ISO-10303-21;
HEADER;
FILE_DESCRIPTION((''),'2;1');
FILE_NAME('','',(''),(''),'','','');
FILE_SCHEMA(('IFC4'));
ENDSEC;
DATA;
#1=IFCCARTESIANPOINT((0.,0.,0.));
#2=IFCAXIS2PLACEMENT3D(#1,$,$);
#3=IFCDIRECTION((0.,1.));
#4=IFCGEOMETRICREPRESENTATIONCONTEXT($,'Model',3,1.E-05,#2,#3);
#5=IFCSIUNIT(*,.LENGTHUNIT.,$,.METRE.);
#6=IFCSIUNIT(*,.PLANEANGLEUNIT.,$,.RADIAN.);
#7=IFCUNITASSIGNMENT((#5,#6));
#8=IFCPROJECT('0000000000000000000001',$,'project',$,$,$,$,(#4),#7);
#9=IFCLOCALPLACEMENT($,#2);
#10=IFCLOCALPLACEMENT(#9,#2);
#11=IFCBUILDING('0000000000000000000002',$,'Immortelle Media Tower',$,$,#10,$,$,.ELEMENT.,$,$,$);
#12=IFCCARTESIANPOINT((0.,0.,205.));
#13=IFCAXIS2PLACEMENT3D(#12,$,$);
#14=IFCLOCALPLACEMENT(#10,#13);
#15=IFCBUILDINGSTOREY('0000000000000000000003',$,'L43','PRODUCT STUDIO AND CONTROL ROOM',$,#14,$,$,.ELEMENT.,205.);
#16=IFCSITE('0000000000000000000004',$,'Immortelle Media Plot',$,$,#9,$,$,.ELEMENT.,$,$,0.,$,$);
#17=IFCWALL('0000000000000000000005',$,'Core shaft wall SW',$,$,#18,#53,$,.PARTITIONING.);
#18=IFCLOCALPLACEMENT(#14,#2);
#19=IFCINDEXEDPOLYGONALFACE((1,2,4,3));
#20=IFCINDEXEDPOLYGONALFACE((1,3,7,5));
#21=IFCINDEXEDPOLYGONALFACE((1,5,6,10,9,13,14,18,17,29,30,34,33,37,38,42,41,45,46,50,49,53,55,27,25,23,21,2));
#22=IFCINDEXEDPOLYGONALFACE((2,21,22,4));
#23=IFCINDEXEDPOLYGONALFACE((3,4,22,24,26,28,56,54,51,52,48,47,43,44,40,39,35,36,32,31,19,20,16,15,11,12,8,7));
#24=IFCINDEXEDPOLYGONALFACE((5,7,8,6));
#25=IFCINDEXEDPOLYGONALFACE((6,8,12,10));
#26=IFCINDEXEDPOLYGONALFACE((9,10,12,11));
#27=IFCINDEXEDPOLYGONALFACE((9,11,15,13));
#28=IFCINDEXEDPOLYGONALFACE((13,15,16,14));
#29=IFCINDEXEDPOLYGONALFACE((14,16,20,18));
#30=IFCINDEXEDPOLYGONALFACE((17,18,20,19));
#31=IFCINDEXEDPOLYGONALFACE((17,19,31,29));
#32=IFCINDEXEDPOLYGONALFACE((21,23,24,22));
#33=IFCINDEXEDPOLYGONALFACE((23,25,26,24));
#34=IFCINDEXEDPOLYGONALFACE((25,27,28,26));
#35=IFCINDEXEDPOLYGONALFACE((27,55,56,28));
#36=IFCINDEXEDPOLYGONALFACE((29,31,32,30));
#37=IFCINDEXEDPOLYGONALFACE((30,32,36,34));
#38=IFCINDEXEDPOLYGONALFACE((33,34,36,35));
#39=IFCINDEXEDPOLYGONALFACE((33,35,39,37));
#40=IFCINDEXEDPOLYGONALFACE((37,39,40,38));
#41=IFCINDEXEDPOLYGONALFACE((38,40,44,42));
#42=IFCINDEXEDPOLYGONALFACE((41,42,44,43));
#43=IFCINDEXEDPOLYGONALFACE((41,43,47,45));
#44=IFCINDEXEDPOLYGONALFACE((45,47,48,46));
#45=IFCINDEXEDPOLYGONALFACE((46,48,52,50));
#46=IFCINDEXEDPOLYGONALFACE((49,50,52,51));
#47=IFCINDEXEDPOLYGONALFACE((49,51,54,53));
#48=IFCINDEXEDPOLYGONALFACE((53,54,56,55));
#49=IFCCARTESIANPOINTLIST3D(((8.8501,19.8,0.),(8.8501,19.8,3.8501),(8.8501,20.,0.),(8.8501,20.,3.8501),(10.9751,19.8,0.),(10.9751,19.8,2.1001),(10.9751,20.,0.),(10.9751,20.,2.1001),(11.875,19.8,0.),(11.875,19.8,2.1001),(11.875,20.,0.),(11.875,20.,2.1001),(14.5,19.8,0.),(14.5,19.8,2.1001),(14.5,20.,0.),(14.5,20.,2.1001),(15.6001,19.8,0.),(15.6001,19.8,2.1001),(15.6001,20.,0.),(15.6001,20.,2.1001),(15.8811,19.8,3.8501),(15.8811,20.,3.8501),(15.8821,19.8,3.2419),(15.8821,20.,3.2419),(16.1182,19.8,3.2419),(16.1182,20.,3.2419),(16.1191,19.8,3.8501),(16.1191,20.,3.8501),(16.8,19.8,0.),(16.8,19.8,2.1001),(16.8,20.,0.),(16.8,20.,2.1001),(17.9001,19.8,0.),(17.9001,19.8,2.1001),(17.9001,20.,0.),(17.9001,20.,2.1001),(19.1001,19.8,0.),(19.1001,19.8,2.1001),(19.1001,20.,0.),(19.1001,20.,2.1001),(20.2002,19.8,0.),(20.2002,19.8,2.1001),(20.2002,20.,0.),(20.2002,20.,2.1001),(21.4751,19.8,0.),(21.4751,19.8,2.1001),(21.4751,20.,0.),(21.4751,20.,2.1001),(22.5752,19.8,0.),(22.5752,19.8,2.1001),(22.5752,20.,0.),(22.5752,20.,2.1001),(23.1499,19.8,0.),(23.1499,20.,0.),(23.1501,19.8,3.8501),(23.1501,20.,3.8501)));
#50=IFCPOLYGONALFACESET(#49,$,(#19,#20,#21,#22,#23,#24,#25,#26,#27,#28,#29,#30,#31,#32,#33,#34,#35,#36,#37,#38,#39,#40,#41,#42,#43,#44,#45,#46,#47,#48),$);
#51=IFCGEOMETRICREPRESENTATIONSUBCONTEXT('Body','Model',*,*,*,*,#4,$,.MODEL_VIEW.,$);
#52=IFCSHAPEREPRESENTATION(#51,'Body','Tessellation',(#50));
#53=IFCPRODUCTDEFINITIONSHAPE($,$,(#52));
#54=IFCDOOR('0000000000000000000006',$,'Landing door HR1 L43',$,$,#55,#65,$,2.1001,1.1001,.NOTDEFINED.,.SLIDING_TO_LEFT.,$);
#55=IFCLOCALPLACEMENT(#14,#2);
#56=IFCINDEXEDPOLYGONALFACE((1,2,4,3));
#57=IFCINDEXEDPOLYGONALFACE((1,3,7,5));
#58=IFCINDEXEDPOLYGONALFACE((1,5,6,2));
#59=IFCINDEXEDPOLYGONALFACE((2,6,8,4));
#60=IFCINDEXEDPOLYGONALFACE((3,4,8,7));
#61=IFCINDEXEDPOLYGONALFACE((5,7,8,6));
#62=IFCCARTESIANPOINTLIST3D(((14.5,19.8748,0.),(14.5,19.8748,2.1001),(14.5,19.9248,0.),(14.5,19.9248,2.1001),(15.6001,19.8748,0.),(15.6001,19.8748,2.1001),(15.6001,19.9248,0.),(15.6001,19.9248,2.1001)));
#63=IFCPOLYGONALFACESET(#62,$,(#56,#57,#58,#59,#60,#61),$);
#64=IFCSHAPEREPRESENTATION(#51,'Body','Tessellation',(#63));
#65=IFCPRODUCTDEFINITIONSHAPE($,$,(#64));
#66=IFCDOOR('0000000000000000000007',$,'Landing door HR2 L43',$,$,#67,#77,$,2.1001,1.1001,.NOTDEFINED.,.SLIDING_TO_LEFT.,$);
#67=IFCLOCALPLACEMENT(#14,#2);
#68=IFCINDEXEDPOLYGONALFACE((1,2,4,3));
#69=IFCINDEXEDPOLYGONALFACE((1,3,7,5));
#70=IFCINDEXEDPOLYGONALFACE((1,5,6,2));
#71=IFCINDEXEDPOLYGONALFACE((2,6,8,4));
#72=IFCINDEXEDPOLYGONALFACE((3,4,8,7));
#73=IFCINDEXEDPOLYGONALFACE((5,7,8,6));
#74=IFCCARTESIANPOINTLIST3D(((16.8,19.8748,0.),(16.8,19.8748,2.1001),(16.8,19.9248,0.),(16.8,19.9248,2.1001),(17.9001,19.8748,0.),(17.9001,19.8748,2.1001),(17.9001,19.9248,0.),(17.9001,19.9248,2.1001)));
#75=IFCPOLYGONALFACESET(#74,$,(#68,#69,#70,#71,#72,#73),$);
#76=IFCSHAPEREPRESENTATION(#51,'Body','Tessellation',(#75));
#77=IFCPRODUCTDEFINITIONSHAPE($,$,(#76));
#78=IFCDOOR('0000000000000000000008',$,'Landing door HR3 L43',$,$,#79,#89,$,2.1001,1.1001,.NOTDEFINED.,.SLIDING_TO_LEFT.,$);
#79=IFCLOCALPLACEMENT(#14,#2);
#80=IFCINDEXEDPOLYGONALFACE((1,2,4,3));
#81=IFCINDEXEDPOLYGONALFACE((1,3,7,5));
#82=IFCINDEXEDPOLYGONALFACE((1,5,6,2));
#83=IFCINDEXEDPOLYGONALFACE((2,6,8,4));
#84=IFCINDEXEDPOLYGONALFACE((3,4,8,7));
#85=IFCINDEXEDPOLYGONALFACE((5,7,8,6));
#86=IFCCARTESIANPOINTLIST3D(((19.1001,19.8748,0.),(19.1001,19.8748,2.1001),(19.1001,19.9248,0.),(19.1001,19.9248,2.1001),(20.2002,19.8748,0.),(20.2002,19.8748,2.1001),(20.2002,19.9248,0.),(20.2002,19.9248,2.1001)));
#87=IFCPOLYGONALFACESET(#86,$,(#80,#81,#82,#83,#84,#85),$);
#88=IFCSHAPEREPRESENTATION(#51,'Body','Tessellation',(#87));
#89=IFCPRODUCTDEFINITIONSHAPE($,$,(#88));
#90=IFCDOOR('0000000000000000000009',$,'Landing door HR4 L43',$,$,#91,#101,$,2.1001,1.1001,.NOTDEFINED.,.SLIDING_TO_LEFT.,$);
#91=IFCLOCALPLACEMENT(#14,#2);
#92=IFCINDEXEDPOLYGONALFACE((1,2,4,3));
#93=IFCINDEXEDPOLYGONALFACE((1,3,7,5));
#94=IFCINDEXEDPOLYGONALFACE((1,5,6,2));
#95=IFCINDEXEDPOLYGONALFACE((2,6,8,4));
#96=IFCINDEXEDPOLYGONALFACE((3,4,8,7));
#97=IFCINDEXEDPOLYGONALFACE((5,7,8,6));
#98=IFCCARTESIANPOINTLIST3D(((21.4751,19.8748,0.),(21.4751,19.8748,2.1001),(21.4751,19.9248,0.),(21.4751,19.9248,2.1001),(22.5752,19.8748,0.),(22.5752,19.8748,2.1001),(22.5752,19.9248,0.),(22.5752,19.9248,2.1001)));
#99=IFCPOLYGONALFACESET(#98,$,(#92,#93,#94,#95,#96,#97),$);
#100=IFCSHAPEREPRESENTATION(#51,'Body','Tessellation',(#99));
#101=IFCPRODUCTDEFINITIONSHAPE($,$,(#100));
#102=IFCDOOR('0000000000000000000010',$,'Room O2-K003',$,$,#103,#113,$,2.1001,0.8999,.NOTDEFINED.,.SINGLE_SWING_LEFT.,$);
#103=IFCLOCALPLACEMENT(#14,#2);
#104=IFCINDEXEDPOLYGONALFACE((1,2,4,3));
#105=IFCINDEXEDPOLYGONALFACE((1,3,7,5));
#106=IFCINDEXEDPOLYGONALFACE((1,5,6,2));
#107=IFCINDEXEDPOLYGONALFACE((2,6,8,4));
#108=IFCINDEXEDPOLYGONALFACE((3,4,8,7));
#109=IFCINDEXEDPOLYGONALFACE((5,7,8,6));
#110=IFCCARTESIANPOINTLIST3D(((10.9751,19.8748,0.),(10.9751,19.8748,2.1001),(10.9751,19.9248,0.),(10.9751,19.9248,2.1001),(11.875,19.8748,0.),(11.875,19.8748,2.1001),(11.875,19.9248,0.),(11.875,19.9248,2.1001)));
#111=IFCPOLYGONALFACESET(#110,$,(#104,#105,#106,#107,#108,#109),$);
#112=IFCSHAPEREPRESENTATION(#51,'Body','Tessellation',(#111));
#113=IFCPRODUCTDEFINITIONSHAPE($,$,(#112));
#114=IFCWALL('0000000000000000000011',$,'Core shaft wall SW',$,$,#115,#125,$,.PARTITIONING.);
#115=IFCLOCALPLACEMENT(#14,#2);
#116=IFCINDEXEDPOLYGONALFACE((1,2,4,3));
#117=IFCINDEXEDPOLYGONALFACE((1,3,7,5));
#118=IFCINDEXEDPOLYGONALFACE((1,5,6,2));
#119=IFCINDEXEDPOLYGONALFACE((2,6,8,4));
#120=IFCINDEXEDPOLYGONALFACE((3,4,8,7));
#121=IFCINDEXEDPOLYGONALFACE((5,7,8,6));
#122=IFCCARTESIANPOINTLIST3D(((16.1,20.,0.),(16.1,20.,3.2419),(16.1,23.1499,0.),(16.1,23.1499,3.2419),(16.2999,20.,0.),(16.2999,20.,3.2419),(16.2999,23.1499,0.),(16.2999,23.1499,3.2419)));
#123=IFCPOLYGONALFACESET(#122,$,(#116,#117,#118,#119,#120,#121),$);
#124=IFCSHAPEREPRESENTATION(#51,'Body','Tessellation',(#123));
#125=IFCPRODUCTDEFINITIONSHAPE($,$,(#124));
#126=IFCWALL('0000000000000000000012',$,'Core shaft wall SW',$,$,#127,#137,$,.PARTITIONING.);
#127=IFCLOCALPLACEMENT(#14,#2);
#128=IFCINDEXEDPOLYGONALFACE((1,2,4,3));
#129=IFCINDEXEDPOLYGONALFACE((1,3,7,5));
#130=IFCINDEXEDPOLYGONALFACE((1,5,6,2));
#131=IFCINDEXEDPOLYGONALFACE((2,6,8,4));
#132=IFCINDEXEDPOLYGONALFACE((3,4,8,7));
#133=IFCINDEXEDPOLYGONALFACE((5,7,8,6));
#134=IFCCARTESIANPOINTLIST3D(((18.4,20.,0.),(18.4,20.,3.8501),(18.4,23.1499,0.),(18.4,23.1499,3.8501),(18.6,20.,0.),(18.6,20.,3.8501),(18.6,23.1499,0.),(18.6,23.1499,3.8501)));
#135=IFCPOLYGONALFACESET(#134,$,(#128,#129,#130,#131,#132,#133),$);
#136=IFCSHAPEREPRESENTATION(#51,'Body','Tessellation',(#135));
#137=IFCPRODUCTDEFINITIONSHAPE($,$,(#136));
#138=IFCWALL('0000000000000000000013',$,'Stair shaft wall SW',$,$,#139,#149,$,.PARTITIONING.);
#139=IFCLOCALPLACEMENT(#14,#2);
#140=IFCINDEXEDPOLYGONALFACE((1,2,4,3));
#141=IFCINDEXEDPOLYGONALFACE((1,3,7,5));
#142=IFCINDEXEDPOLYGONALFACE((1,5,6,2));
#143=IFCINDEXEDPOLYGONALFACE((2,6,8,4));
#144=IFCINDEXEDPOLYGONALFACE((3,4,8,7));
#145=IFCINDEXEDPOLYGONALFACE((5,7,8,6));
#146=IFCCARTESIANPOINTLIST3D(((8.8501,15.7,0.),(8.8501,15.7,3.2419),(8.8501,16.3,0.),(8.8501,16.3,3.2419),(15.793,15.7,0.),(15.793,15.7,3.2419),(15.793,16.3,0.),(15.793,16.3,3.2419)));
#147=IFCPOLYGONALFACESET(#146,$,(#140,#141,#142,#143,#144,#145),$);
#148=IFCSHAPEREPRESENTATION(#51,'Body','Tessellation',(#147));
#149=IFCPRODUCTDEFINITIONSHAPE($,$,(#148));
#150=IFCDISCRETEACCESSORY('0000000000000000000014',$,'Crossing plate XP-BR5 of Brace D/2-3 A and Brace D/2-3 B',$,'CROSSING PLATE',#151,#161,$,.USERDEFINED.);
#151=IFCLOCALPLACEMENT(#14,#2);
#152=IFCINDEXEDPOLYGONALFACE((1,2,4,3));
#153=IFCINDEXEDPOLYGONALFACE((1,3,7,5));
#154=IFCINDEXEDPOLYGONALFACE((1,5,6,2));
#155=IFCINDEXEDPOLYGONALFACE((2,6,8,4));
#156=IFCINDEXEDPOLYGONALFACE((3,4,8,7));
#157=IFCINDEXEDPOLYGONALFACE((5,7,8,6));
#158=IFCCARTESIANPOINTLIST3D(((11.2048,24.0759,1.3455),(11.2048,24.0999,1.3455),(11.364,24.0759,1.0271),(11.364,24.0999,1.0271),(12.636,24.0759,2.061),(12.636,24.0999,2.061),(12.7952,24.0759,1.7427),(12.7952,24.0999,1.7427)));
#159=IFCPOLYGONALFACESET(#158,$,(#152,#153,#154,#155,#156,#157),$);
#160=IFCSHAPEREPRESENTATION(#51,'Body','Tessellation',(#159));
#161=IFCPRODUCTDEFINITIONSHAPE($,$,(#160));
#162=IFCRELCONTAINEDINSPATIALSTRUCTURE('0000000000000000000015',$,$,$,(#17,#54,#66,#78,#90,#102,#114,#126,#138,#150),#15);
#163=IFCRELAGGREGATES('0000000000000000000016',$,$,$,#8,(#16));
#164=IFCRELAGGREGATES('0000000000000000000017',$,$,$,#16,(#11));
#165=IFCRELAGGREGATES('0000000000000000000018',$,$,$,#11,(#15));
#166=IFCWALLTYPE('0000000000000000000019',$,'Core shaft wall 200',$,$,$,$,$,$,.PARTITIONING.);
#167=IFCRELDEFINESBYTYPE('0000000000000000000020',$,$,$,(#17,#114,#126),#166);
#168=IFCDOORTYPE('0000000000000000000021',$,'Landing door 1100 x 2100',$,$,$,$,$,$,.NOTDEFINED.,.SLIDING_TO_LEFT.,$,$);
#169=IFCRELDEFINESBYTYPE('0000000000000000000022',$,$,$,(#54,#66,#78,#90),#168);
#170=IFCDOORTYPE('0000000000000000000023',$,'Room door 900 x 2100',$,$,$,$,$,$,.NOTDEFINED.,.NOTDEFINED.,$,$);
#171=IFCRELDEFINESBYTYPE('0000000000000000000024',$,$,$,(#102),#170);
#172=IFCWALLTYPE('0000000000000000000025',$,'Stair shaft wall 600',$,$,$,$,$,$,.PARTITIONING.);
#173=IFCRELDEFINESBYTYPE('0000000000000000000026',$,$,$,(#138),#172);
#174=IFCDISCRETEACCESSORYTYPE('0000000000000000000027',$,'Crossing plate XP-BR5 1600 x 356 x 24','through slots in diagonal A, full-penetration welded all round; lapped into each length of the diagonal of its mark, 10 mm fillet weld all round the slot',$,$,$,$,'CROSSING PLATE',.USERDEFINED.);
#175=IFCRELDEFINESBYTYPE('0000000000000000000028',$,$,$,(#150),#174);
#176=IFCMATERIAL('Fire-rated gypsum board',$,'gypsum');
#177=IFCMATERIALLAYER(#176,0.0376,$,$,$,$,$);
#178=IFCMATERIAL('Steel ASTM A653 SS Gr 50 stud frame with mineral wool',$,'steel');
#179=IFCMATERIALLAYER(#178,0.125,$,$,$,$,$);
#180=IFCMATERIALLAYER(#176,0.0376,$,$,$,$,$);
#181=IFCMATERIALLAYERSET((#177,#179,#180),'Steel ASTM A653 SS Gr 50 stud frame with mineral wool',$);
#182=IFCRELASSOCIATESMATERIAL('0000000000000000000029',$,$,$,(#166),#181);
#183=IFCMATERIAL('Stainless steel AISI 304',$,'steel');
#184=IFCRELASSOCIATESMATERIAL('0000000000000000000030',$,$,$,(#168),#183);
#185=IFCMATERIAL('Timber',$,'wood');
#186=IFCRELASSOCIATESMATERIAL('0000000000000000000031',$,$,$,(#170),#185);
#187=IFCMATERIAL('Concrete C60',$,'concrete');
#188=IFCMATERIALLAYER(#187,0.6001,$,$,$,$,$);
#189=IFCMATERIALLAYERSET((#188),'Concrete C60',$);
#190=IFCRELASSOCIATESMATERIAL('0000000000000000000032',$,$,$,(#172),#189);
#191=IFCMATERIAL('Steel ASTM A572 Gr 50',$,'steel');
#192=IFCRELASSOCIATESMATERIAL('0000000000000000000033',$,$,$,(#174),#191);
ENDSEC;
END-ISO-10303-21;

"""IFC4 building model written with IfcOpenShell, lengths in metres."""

from ifc_helpers import new_model, si_unit, direction, frame, frame_2d, origin, origin_2d, place, context, subcontext, project, spatial, polyline, rectangle, outline, extrude, material, layer, layer_set, material_profile, profile_set, type_object, element, fill, save


model = new_model("IFC4")

# Units and contexts
model_context = context("Model", 3, precision=1e-05, world=origin(), true_north=direction((0.0, 1.0)))
body_context = subcontext(model_context, "Body", "Model", "MODEL_VIEW")
ifc_project = project(units=[si_unit("LENGTHUNIT", "METRE"), si_unit("PLANEANGLEUNIT", "RADIAN")], contexts=[model_context])

# Site, building, storey
site_placement = place(None, origin())
site = spatial("IfcSite", under=ifc_project, at=site_placement, Name="Immortelle Media Plot", CompositionType="ELEMENT", RefElevation=0.0)
building_placement = place(site_placement, origin())
building = spatial("IfcBuilding", under=site, at=building_placement, Name="Immortelle Media Tower", CompositionType="ELEMENT")
storey_placement = place(building_placement, frame((0.0, 0.0, 205.0)))
storey = spatial("IfcBuildingStorey", under=building, at=storey_placement, Name="L43", Description="PRODUCT STUDIO AND CONTROL ROOM", CompositionType="ELEMENT", Elevation=205.0)

# Shared definitions
ifc_material_1 = material(Name="Timber", Category="wood")

# Shared definitions
ifc_material_2 = material(Name="Fire-rated gypsum board", Category="gypsum")
ifc_material_3 = material(Name="Steel ASTM A653 SS Gr 50 stud frame with mineral wool", Category="steel")

# Wall, openings, doors
ifc_layer_1 = layer(ifc_material_2, 0.0376)
ifc_layer_2 = layer(ifc_material_3, 0.125)
ifc_layer_3 = layer(ifc_material_2, 0.0376)
ifc_layer_set_1 = layer_set([ifc_layer_1, ifc_layer_2, ifc_layer_3], Name="Steel ASTM A653 SS Gr 50 stud frame with mineral wool")
wall_type_1 = type_object("IfcWallType", Name="Core shaft wall 200", PredefinedType="PARTITIONING", material=ifc_layer_set_1)
wall_1_placement = place(storey_placement, frame((8.8501, 19.8999, 0.0), z_axis=(0.0, 0.0, 1.0), x_axis=(1.0, 0.0, 0.0)))
wall_1 = element("IfcWall", 1, at=wall_1_placement, inside=storey, type_object=wall_type_1, Name="Core shaft wall SW", PredefinedType="PARTITIONING", context=body_context, shape_type="SweptSolid", body=[
    extrude(outline(polyline([(0.0, 0.0), (14.2998, 0.0), (14.3, 3.8501), (7.269, 3.8501), (7.2681, 3.2419), (7.032, 3.2419), (7.031, 3.8501), (0.0, 3.8501), (0.0, 0.0)])), frame((0.0, 0.1001, 0.0), z_axis=(0.0, -1.0, 0.0), x_axis=(1.0, 0.0, 0.0)), (0.0, 0.0, 1.0), 0.2),
])
opening_1_placement = place(wall_1_placement, frame((2.125, 0.0, 0.0)))
opening_1 = element("IfcOpeningElement", 2, at=opening_1_placement, cuts=wall_1, PredefinedType="OPENING", context=body_context, shape_type="SweptSolid", body=[
    extrude(rectangle(XDim=0.8999, YDim=2.1001, at=frame_2d((0.45, 1.05))), frame((0.0, 0.1099, 0.0), z_axis=(0.0, -1.0, 0.0), x_axis=(1.0, 0.0, 0.0)), (0.0, 0.0, 1.0), 0.22),
])
opening_2_placement = place(wall_1_placement, frame((5.6499, 0.0, 0.0)))
opening_2 = element("IfcOpeningElement", 3, at=opening_2_placement, cuts=wall_1, PredefinedType="OPENING", context=body_context, shape_type="SweptSolid", body=[
    extrude(rectangle(XDim=1.1001, YDim=2.1001, at=frame_2d((0.55, 1.05))), frame((0.0, 0.1099, 0.0), z_axis=(0.0, -1.0, 0.0), x_axis=(1.0, 0.0, 0.0)), (0.0, 0.0, 1.0), 0.22),
])
opening_3_placement = place(wall_1_placement, frame((7.95, 0.0, 0.0)))
opening_3 = element("IfcOpeningElement", 4, at=opening_3_placement, cuts=wall_1, PredefinedType="OPENING", context=body_context, shape_type="SweptSolid", body=[
    extrude(rectangle(XDim=1.1001, YDim=2.1001, at=frame_2d((0.55, 1.05))), frame((0.0, 0.1099, 0.0), z_axis=(0.0, -1.0, 0.0), x_axis=(1.0, 0.0, 0.0)), (0.0, 0.0, 1.0), 0.22),
])
opening_4_placement = place(wall_1_placement, frame((10.25, 0.0, 0.0)))
opening_4 = element("IfcOpeningElement", 5, at=opening_4_placement, cuts=wall_1, PredefinedType="OPENING", context=body_context, shape_type="SweptSolid", body=[
    extrude(rectangle(XDim=1.1001, YDim=2.1001, at=frame_2d((0.55, 1.05))), frame((0.0, 0.1099, 0.0), z_axis=(0.0, -1.0, 0.0), x_axis=(1.0, 0.0, 0.0)), (0.0, 0.0, 1.0), 0.22),
])
opening_5_placement = place(wall_1_placement, frame((12.625, 0.0, 0.0)))
opening_5 = element("IfcOpeningElement", 6, at=opening_5_placement, cuts=wall_1, PredefinedType="OPENING", context=body_context, shape_type="SweptSolid", body=[
    extrude(rectangle(XDim=1.1001, YDim=2.1001, at=frame_2d((0.55, 1.05))), frame((0.0, 0.1099, 0.0), z_axis=(0.0, -1.0, 0.0), x_axis=(1.0, 0.0, 0.0)), (0.0, 0.0, 1.0), 0.22),
])
ifc_material_4 = material(Name="Stainless steel AISI 304", Category="steel")
door_type_1 = type_object("IfcDoorType", Name="Landing door 1100 x 2100", OperationType="SLIDING_TO_LEFT", PredefinedType="NOTDEFINED", material=ifc_material_4)
door_1_placement = place(opening_2_placement, origin())
door_1 = element("IfcDoor", 7, at=door_1_placement, inside=storey, type_object=door_type_1, Name="Landing door HR1 L43", OperationType="SLIDING_TO_LEFT", OverallHeight=2.1001, OverallWidth=1.1001, PredefinedType="NOTDEFINED", context=body_context, shape_type="SweptSolid", body=[
    extrude(rectangle(XDim=1.1001, YDim=2.1001, at=frame_2d((0.55, 1.05))), frame((0.0, 0.0249, 0.0), z_axis=(0.0, -1.0, 0.0), x_axis=(1.0, 0.0, 0.0)), (0.0, 0.0, 1.0), 0.05),
])
fill(opening_2, door_1)
door_2_placement = place(opening_3_placement, origin())
door_2 = element("IfcDoor", 8, at=door_2_placement, inside=storey, type_object=door_type_1, Name="Landing door HR2 L43", OperationType="SLIDING_TO_LEFT", OverallHeight=2.1001, OverallWidth=1.1001, PredefinedType="NOTDEFINED", context=body_context, shape_type="SweptSolid", body=[
    extrude(rectangle(XDim=1.1001, YDim=2.1001, at=frame_2d((0.55, 1.05))), frame((0.0, 0.0249, 0.0), z_axis=(0.0, -1.0, 0.0), x_axis=(1.0, 0.0, 0.0)), (0.0, 0.0, 1.0), 0.05),
])
fill(opening_3, door_2)
door_3_placement = place(opening_4_placement, origin())
door_3 = element("IfcDoor", 9, at=door_3_placement, inside=storey, type_object=door_type_1, Name="Landing door HR3 L43", OperationType="SLIDING_TO_LEFT", OverallHeight=2.1001, OverallWidth=1.1001, PredefinedType="NOTDEFINED", context=body_context, shape_type="SweptSolid", body=[
    extrude(rectangle(XDim=1.1001, YDim=2.1001, at=frame_2d((0.55, 1.05))), frame((0.0, 0.0249, 0.0), z_axis=(0.0, -1.0, 0.0), x_axis=(1.0, 0.0, 0.0)), (0.0, 0.0, 1.0), 0.05),
])
fill(opening_4, door_3)
door_4_placement = place(opening_5_placement, origin())
door_4 = element("IfcDoor", 10, at=door_4_placement, inside=storey, type_object=door_type_1, Name="Landing door HR4 L43", OperationType="SLIDING_TO_LEFT", OverallHeight=2.1001, OverallWidth=1.1001, PredefinedType="NOTDEFINED", context=body_context, shape_type="SweptSolid", body=[
    extrude(rectangle(XDim=1.1001, YDim=2.1001, at=frame_2d((0.55, 1.05))), frame((0.0, 0.0249, 0.0), z_axis=(0.0, -1.0, 0.0), x_axis=(1.0, 0.0, 0.0)), (0.0, 0.0, 1.0), 0.05),
])
fill(opening_5, door_4)
door_type_2 = type_object("IfcDoorType", Name="Room door 900 x 2100", OperationType="NOTDEFINED", PredefinedType="NOTDEFINED", material=ifc_material_1)
door_5_placement = place(opening_1_placement, origin())
door_5 = element("IfcDoor", 11, at=door_5_placement, inside=storey, type_object=door_type_2, Name="Room O2-K003", OperationType="SINGLE_SWING_LEFT", OverallHeight=2.1001, OverallWidth=0.8999, PredefinedType="NOTDEFINED", context=body_context, shape_type="SweptSolid", body=[
    extrude(rectangle(XDim=0.8999, YDim=2.1001, at=frame_2d((0.45, 1.05))), frame((0.0, 0.0249, 0.0), z_axis=(0.0, -1.0, 0.0), x_axis=(1.0, 0.0, 0.0)), (0.0, 0.0, 1.0), 0.05),
])
fill(opening_1, door_5)

# Walls
wall_2_placement = place(storey_placement, frame((16.2, 20.0, 0.0), z_axis=(0.0, 0.0, 1.0), x_axis=(0.0, 1.0, 0.0)))
element("IfcWall", 12, at=wall_2_placement, inside=storey, type_object=wall_type_1, Name="Core shaft wall SW", PredefinedType="PARTITIONING", context=body_context, shape_type="SweptSolid", body=[
    extrude(rectangle(XDim=3.1499, YDim=0.2, at=frame_2d((1.575, 0.0))), origin(), (0.0, 0.0, 1.0), 3.2419),
])
wall_3_placement = place(storey_placement, frame((18.5, 20.0, 0.0), z_axis=(0.0, 0.0, 1.0), x_axis=(0.0, 1.0, 0.0)))
element("IfcWall", 13, at=wall_3_placement, inside=storey, type_object=wall_type_1, Name="Core shaft wall SW", PredefinedType="PARTITIONING", context=body_context, shape_type="SweptSolid", body=[
    extrude(rectangle(XDim=3.1499, YDim=0.2, at=frame_2d((1.575, 0.0))), origin(), (0.0, 0.0, 1.0), 3.8501),
])
ifc_material_5 = material(Name="Concrete C60", Category="concrete")
ifc_layer_4 = layer(ifc_material_5, 0.6001)
ifc_layer_set_2 = layer_set([ifc_layer_4], Name="Concrete C60")
wall_type_2 = type_object("IfcWallType", Name="Stair shaft wall 600", PredefinedType="PARTITIONING", material=ifc_layer_set_2)
wall_4_placement = place(storey_placement, frame((8.8501, 16.0, 0.0), z_axis=(0.0, 0.0, 1.0), x_axis=(1.0, 0.0, 0.0)))
element("IfcWall", 14, at=wall_4_placement, inside=storey, type_object=wall_type_2, Name="Stair shaft wall SW", PredefinedType="PARTITIONING", context=body_context, shape_type="SweptSolid", body=[
    extrude(rectangle(XDim=6.9429, YDim=0.6001, at=frame_2d((3.4714, 0.0))), origin(), (0.0, 0.0, 1.0), 3.2419),
])

# Discrete accessory
ifc_material_6 = material(Name="Steel ASTM A572 Gr 50", Category="steel")
ifc_material_profile_1 = material_profile(ifc_material_6, rectangle(XDim=0.0239, YDim=0.356, at=origin_2d()), Name="PL 24 x 356")
ifc_profile_set_1 = profile_set([ifc_material_profile_1], Name="Steel ASTM A572 Gr 50")
discrete_accessory_type_1 = type_object("IfcDiscreteAccessoryType", Name="Crossing plate XP-BR5 1600 x 356 x 24", Description="through slots in diagonal A, full-penetration welded all round; lapped into each length of the diagonal of its mark, 10 mm fillet weld all round the slot", ElementType="CROSSING PLATE", PredefinedType="USERDEFINED", material=ifc_profile_set_1)
discrete_accessory_placement = place(storey_placement, frame((12.7156, 24.0879, 1.9019), z_axis=(-0.894427, 0.0, -0.447214), x_axis=(0.0, -1.0, 0.0)))
element("IfcDiscreteAccessory", 15, at=discrete_accessory_placement, inside=storey, type_object=discrete_accessory_type_1, Name="Crossing plate XP-BR5 of Brace D/2-3 A and Brace D/2-3 B", ObjectType="CROSSING PLATE", PredefinedType="USERDEFINED", context=body_context, shape_type="SweptSolid", body=[
    extrude(rectangle(XDim=0.0239, YDim=0.356, at=origin_2d()), origin(), (0.0, 0.0, 1.0), 1.6001),
])

save(model, "model.ifc")
